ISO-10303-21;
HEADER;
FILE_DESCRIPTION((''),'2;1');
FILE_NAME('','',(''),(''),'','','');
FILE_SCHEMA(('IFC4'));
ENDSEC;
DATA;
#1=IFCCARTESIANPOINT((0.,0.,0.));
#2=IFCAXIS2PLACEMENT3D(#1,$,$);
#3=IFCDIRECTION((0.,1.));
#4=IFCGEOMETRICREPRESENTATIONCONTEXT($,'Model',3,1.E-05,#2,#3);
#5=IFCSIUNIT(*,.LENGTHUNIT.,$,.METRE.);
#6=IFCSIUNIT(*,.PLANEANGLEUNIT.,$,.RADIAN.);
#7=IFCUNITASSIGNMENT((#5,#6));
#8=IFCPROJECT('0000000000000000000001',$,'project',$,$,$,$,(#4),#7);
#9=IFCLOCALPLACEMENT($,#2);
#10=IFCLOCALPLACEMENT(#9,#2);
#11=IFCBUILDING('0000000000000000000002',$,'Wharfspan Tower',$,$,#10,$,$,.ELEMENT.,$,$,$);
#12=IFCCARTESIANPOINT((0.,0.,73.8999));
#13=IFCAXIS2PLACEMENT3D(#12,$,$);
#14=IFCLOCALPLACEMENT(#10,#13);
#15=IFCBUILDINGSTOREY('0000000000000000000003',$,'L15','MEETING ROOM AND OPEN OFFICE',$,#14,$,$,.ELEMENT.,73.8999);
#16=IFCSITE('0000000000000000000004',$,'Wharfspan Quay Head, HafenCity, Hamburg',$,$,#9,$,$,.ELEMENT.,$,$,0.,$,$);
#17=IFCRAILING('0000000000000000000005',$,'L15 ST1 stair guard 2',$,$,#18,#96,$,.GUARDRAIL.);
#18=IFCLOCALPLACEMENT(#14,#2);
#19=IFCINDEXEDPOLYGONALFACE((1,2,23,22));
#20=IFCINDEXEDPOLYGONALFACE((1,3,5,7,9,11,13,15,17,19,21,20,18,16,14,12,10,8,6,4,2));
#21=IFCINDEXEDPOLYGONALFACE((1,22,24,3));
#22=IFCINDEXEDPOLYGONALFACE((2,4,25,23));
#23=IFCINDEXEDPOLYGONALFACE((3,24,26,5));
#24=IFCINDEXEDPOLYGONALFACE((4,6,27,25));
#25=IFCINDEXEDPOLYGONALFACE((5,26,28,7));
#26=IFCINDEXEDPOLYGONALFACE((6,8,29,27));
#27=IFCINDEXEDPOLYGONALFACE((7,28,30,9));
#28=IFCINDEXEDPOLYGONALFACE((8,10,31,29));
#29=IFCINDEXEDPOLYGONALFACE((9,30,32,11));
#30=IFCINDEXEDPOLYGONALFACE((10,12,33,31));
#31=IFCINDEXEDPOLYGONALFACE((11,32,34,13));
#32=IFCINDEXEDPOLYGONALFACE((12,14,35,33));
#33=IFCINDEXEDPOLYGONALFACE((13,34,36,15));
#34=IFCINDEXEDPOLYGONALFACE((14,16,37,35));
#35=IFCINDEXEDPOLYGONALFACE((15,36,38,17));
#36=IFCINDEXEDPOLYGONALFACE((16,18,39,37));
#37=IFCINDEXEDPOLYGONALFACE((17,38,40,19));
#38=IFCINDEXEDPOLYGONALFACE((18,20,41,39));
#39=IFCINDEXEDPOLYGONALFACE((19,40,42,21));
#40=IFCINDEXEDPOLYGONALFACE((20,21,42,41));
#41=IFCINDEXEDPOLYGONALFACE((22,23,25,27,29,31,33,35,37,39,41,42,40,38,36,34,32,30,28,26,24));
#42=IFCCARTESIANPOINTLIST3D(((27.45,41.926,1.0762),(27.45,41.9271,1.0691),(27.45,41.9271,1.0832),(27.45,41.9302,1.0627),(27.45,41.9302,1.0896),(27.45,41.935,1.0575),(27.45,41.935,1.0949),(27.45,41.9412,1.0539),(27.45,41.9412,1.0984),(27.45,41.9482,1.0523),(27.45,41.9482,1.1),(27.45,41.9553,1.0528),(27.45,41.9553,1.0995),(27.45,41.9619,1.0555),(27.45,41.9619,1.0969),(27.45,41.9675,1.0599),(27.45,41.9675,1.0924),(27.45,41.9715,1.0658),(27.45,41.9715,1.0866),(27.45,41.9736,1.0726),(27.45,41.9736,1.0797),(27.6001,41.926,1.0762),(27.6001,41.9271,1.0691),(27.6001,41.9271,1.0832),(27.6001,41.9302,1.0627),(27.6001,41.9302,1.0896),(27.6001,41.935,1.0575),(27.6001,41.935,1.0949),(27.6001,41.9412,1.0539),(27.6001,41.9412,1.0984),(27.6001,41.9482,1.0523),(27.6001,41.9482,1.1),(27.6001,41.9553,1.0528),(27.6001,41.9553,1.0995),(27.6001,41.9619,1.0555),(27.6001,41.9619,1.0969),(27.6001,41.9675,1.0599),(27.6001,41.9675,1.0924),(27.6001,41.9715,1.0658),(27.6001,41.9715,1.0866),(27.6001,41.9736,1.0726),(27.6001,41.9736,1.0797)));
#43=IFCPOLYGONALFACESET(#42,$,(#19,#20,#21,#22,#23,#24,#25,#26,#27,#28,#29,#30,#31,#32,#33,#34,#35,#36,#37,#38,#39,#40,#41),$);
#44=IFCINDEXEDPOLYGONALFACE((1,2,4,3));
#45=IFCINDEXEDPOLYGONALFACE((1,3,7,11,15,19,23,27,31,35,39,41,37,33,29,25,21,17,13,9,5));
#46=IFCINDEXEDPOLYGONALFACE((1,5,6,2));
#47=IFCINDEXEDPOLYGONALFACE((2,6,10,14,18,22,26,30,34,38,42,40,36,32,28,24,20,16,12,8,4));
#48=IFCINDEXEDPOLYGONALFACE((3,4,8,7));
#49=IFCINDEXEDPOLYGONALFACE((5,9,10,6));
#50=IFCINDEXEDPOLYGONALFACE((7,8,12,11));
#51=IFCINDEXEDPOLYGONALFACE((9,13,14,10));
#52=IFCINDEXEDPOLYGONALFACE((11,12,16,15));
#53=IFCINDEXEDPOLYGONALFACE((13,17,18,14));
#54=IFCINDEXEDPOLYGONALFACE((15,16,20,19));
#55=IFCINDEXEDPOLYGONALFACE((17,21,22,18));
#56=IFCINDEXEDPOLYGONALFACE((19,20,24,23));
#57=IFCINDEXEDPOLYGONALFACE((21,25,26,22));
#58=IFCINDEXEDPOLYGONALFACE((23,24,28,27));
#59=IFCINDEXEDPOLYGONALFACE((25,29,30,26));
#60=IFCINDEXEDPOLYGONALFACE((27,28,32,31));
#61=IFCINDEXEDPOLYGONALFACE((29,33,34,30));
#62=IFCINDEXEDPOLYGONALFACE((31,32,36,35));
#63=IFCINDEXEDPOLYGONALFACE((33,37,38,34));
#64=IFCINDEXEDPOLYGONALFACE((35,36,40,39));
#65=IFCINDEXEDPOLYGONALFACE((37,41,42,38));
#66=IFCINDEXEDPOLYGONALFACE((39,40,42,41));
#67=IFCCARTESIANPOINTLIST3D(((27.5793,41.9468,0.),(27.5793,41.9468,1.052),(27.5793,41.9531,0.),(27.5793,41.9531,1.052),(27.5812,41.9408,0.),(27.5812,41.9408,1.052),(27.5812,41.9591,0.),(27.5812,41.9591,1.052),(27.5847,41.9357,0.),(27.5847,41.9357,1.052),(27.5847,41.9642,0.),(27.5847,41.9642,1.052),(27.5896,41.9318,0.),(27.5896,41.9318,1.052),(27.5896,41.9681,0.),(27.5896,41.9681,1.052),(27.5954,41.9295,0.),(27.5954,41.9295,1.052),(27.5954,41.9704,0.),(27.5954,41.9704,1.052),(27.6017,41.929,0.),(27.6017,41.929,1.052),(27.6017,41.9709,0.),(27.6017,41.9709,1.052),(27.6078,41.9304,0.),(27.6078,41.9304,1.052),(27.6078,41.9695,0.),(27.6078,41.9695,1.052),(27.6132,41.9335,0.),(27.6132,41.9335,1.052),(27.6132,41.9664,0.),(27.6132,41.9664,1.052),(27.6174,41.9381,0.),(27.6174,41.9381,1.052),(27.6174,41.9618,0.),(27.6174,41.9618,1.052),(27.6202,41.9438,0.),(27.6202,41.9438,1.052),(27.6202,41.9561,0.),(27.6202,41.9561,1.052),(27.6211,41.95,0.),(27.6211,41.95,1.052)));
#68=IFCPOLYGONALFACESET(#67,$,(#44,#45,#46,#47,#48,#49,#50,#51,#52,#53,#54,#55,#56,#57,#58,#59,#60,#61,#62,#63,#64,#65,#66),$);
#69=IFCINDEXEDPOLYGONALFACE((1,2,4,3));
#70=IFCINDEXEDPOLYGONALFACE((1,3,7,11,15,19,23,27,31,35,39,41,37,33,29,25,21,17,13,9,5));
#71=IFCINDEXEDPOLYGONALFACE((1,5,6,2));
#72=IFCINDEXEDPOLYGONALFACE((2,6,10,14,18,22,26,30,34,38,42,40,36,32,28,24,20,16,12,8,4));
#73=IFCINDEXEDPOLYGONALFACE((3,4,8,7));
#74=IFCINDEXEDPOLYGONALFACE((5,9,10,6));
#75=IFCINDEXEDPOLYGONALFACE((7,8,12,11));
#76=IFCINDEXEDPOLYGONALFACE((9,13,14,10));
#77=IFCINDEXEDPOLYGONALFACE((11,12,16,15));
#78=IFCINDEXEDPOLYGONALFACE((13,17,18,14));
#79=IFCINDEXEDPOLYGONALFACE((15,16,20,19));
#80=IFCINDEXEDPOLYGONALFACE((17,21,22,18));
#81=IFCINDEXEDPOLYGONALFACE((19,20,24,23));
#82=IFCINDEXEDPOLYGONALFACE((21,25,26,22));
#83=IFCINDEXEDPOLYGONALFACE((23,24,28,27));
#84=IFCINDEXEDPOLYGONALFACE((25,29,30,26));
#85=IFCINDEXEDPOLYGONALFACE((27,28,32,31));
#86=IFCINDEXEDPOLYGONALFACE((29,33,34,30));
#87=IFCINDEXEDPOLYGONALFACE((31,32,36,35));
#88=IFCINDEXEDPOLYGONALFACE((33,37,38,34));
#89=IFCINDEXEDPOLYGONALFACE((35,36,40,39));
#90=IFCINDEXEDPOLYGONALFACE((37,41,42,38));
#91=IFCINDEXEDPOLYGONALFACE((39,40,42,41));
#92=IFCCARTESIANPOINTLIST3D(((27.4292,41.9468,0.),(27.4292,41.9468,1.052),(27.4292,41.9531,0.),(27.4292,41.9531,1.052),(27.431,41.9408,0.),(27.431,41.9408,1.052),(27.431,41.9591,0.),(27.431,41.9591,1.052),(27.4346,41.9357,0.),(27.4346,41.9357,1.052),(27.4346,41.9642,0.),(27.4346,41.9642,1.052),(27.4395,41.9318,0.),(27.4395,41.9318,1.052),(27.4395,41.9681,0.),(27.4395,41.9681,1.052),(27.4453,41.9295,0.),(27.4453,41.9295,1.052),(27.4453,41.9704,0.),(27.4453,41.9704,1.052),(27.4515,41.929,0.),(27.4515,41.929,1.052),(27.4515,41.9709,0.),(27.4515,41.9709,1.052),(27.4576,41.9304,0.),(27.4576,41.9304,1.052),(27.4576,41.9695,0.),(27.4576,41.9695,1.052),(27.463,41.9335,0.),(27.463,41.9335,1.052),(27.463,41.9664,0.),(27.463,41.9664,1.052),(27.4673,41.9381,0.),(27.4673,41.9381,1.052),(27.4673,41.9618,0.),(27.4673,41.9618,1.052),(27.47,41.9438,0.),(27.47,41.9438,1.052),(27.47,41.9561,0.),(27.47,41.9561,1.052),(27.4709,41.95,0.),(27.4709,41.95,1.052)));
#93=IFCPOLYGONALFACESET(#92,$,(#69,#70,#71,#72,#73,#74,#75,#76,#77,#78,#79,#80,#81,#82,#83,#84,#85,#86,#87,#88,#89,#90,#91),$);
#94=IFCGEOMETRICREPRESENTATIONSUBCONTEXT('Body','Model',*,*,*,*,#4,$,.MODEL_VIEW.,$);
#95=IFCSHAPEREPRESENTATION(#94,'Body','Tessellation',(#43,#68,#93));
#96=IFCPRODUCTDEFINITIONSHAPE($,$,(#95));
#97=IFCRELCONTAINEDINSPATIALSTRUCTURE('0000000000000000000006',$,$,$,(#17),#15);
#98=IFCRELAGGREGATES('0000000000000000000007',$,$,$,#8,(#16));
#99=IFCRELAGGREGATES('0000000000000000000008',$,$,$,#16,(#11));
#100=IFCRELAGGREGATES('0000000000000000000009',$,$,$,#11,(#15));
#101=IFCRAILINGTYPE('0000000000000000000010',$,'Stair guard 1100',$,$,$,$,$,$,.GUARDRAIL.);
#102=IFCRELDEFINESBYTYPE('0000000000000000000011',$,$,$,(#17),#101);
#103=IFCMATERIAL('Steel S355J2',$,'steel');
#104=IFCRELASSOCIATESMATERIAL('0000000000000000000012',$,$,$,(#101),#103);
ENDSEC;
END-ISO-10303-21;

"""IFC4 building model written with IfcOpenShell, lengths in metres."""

from ifc_helpers import new_model, si_unit, direction, frame, origin, origin_2d, place, context, subcontext, project, spatial, circle, extrude, material, type_object, element, save


model = new_model("IFC4")

# Units and contexts
model_context = context("Model", 3, precision=1e-05, world=origin(), true_north=direction((0.0, 1.0)))
body_context = subcontext(model_context, "Body", "Model", "MODEL_VIEW")
ifc_project = project(units=[si_unit("LENGTHUNIT", "METRE"), si_unit("PLANEANGLEUNIT", "RADIAN")], contexts=[model_context])

# Site, building, storey
site_placement = place(None, origin())
site = spatial("IfcSite", under=ifc_project, at=site_placement, Name="Wharfspan Quay Head, HafenCity, Hamburg", CompositionType="ELEMENT", RefElevation=0.0)
building_placement = place(site_placement, origin())
building = spatial("IfcBuilding", under=site, at=building_placement, Name="Wharfspan Tower", CompositionType="ELEMENT")
storey_placement = place(building_placement, frame((0.0, 0.0, 73.8999)))
storey = spatial("IfcBuildingStorey", under=building, at=storey_placement, Name="L15", Description="MEETING ROOM AND OPEN OFFICE", CompositionType="ELEMENT", Elevation=73.8999)

# Shared definitions
ifc_material_1 = material(Name="Steel S355J2", Category="steel")

# Railing
railing_type_1 = type_object("IfcRailingType", Name="Stair guard 1100", PredefinedType="GUARDRAIL", material=ifc_material_1)
railing_1_placement = place(storey_placement, frame((27.6001, 41.95, 0.0)))
element("IfcRailing", 1, at=railing_1_placement, inside=storey, type_object=railing_type_1, Name="L15 ST1 stair guard 2", PredefinedType="GUARDRAIL", context=body_context, shape_type="SweptSolid", body=[
    extrude(circle(Radius=0.0239, at=origin_2d()), frame((0.0, 0.0, 1.0762), z_axis=(-1.0, 0.0, 0.0), x_axis=(0.0, -1.0, 0.0)), (0.0, 0.0, 1.0), 0.1501),
    extrude(circle(Radius=0.021, at=origin_2d()), origin(), (0.0, 0.0, 1.0), 1.052),
    extrude(circle(Radius=0.021, at=origin_2d()), frame((-0.1501, 0.0, 0.0)), (0.0, 0.0, 1.0), 1.052),
])

save(model, "model.ifc")
